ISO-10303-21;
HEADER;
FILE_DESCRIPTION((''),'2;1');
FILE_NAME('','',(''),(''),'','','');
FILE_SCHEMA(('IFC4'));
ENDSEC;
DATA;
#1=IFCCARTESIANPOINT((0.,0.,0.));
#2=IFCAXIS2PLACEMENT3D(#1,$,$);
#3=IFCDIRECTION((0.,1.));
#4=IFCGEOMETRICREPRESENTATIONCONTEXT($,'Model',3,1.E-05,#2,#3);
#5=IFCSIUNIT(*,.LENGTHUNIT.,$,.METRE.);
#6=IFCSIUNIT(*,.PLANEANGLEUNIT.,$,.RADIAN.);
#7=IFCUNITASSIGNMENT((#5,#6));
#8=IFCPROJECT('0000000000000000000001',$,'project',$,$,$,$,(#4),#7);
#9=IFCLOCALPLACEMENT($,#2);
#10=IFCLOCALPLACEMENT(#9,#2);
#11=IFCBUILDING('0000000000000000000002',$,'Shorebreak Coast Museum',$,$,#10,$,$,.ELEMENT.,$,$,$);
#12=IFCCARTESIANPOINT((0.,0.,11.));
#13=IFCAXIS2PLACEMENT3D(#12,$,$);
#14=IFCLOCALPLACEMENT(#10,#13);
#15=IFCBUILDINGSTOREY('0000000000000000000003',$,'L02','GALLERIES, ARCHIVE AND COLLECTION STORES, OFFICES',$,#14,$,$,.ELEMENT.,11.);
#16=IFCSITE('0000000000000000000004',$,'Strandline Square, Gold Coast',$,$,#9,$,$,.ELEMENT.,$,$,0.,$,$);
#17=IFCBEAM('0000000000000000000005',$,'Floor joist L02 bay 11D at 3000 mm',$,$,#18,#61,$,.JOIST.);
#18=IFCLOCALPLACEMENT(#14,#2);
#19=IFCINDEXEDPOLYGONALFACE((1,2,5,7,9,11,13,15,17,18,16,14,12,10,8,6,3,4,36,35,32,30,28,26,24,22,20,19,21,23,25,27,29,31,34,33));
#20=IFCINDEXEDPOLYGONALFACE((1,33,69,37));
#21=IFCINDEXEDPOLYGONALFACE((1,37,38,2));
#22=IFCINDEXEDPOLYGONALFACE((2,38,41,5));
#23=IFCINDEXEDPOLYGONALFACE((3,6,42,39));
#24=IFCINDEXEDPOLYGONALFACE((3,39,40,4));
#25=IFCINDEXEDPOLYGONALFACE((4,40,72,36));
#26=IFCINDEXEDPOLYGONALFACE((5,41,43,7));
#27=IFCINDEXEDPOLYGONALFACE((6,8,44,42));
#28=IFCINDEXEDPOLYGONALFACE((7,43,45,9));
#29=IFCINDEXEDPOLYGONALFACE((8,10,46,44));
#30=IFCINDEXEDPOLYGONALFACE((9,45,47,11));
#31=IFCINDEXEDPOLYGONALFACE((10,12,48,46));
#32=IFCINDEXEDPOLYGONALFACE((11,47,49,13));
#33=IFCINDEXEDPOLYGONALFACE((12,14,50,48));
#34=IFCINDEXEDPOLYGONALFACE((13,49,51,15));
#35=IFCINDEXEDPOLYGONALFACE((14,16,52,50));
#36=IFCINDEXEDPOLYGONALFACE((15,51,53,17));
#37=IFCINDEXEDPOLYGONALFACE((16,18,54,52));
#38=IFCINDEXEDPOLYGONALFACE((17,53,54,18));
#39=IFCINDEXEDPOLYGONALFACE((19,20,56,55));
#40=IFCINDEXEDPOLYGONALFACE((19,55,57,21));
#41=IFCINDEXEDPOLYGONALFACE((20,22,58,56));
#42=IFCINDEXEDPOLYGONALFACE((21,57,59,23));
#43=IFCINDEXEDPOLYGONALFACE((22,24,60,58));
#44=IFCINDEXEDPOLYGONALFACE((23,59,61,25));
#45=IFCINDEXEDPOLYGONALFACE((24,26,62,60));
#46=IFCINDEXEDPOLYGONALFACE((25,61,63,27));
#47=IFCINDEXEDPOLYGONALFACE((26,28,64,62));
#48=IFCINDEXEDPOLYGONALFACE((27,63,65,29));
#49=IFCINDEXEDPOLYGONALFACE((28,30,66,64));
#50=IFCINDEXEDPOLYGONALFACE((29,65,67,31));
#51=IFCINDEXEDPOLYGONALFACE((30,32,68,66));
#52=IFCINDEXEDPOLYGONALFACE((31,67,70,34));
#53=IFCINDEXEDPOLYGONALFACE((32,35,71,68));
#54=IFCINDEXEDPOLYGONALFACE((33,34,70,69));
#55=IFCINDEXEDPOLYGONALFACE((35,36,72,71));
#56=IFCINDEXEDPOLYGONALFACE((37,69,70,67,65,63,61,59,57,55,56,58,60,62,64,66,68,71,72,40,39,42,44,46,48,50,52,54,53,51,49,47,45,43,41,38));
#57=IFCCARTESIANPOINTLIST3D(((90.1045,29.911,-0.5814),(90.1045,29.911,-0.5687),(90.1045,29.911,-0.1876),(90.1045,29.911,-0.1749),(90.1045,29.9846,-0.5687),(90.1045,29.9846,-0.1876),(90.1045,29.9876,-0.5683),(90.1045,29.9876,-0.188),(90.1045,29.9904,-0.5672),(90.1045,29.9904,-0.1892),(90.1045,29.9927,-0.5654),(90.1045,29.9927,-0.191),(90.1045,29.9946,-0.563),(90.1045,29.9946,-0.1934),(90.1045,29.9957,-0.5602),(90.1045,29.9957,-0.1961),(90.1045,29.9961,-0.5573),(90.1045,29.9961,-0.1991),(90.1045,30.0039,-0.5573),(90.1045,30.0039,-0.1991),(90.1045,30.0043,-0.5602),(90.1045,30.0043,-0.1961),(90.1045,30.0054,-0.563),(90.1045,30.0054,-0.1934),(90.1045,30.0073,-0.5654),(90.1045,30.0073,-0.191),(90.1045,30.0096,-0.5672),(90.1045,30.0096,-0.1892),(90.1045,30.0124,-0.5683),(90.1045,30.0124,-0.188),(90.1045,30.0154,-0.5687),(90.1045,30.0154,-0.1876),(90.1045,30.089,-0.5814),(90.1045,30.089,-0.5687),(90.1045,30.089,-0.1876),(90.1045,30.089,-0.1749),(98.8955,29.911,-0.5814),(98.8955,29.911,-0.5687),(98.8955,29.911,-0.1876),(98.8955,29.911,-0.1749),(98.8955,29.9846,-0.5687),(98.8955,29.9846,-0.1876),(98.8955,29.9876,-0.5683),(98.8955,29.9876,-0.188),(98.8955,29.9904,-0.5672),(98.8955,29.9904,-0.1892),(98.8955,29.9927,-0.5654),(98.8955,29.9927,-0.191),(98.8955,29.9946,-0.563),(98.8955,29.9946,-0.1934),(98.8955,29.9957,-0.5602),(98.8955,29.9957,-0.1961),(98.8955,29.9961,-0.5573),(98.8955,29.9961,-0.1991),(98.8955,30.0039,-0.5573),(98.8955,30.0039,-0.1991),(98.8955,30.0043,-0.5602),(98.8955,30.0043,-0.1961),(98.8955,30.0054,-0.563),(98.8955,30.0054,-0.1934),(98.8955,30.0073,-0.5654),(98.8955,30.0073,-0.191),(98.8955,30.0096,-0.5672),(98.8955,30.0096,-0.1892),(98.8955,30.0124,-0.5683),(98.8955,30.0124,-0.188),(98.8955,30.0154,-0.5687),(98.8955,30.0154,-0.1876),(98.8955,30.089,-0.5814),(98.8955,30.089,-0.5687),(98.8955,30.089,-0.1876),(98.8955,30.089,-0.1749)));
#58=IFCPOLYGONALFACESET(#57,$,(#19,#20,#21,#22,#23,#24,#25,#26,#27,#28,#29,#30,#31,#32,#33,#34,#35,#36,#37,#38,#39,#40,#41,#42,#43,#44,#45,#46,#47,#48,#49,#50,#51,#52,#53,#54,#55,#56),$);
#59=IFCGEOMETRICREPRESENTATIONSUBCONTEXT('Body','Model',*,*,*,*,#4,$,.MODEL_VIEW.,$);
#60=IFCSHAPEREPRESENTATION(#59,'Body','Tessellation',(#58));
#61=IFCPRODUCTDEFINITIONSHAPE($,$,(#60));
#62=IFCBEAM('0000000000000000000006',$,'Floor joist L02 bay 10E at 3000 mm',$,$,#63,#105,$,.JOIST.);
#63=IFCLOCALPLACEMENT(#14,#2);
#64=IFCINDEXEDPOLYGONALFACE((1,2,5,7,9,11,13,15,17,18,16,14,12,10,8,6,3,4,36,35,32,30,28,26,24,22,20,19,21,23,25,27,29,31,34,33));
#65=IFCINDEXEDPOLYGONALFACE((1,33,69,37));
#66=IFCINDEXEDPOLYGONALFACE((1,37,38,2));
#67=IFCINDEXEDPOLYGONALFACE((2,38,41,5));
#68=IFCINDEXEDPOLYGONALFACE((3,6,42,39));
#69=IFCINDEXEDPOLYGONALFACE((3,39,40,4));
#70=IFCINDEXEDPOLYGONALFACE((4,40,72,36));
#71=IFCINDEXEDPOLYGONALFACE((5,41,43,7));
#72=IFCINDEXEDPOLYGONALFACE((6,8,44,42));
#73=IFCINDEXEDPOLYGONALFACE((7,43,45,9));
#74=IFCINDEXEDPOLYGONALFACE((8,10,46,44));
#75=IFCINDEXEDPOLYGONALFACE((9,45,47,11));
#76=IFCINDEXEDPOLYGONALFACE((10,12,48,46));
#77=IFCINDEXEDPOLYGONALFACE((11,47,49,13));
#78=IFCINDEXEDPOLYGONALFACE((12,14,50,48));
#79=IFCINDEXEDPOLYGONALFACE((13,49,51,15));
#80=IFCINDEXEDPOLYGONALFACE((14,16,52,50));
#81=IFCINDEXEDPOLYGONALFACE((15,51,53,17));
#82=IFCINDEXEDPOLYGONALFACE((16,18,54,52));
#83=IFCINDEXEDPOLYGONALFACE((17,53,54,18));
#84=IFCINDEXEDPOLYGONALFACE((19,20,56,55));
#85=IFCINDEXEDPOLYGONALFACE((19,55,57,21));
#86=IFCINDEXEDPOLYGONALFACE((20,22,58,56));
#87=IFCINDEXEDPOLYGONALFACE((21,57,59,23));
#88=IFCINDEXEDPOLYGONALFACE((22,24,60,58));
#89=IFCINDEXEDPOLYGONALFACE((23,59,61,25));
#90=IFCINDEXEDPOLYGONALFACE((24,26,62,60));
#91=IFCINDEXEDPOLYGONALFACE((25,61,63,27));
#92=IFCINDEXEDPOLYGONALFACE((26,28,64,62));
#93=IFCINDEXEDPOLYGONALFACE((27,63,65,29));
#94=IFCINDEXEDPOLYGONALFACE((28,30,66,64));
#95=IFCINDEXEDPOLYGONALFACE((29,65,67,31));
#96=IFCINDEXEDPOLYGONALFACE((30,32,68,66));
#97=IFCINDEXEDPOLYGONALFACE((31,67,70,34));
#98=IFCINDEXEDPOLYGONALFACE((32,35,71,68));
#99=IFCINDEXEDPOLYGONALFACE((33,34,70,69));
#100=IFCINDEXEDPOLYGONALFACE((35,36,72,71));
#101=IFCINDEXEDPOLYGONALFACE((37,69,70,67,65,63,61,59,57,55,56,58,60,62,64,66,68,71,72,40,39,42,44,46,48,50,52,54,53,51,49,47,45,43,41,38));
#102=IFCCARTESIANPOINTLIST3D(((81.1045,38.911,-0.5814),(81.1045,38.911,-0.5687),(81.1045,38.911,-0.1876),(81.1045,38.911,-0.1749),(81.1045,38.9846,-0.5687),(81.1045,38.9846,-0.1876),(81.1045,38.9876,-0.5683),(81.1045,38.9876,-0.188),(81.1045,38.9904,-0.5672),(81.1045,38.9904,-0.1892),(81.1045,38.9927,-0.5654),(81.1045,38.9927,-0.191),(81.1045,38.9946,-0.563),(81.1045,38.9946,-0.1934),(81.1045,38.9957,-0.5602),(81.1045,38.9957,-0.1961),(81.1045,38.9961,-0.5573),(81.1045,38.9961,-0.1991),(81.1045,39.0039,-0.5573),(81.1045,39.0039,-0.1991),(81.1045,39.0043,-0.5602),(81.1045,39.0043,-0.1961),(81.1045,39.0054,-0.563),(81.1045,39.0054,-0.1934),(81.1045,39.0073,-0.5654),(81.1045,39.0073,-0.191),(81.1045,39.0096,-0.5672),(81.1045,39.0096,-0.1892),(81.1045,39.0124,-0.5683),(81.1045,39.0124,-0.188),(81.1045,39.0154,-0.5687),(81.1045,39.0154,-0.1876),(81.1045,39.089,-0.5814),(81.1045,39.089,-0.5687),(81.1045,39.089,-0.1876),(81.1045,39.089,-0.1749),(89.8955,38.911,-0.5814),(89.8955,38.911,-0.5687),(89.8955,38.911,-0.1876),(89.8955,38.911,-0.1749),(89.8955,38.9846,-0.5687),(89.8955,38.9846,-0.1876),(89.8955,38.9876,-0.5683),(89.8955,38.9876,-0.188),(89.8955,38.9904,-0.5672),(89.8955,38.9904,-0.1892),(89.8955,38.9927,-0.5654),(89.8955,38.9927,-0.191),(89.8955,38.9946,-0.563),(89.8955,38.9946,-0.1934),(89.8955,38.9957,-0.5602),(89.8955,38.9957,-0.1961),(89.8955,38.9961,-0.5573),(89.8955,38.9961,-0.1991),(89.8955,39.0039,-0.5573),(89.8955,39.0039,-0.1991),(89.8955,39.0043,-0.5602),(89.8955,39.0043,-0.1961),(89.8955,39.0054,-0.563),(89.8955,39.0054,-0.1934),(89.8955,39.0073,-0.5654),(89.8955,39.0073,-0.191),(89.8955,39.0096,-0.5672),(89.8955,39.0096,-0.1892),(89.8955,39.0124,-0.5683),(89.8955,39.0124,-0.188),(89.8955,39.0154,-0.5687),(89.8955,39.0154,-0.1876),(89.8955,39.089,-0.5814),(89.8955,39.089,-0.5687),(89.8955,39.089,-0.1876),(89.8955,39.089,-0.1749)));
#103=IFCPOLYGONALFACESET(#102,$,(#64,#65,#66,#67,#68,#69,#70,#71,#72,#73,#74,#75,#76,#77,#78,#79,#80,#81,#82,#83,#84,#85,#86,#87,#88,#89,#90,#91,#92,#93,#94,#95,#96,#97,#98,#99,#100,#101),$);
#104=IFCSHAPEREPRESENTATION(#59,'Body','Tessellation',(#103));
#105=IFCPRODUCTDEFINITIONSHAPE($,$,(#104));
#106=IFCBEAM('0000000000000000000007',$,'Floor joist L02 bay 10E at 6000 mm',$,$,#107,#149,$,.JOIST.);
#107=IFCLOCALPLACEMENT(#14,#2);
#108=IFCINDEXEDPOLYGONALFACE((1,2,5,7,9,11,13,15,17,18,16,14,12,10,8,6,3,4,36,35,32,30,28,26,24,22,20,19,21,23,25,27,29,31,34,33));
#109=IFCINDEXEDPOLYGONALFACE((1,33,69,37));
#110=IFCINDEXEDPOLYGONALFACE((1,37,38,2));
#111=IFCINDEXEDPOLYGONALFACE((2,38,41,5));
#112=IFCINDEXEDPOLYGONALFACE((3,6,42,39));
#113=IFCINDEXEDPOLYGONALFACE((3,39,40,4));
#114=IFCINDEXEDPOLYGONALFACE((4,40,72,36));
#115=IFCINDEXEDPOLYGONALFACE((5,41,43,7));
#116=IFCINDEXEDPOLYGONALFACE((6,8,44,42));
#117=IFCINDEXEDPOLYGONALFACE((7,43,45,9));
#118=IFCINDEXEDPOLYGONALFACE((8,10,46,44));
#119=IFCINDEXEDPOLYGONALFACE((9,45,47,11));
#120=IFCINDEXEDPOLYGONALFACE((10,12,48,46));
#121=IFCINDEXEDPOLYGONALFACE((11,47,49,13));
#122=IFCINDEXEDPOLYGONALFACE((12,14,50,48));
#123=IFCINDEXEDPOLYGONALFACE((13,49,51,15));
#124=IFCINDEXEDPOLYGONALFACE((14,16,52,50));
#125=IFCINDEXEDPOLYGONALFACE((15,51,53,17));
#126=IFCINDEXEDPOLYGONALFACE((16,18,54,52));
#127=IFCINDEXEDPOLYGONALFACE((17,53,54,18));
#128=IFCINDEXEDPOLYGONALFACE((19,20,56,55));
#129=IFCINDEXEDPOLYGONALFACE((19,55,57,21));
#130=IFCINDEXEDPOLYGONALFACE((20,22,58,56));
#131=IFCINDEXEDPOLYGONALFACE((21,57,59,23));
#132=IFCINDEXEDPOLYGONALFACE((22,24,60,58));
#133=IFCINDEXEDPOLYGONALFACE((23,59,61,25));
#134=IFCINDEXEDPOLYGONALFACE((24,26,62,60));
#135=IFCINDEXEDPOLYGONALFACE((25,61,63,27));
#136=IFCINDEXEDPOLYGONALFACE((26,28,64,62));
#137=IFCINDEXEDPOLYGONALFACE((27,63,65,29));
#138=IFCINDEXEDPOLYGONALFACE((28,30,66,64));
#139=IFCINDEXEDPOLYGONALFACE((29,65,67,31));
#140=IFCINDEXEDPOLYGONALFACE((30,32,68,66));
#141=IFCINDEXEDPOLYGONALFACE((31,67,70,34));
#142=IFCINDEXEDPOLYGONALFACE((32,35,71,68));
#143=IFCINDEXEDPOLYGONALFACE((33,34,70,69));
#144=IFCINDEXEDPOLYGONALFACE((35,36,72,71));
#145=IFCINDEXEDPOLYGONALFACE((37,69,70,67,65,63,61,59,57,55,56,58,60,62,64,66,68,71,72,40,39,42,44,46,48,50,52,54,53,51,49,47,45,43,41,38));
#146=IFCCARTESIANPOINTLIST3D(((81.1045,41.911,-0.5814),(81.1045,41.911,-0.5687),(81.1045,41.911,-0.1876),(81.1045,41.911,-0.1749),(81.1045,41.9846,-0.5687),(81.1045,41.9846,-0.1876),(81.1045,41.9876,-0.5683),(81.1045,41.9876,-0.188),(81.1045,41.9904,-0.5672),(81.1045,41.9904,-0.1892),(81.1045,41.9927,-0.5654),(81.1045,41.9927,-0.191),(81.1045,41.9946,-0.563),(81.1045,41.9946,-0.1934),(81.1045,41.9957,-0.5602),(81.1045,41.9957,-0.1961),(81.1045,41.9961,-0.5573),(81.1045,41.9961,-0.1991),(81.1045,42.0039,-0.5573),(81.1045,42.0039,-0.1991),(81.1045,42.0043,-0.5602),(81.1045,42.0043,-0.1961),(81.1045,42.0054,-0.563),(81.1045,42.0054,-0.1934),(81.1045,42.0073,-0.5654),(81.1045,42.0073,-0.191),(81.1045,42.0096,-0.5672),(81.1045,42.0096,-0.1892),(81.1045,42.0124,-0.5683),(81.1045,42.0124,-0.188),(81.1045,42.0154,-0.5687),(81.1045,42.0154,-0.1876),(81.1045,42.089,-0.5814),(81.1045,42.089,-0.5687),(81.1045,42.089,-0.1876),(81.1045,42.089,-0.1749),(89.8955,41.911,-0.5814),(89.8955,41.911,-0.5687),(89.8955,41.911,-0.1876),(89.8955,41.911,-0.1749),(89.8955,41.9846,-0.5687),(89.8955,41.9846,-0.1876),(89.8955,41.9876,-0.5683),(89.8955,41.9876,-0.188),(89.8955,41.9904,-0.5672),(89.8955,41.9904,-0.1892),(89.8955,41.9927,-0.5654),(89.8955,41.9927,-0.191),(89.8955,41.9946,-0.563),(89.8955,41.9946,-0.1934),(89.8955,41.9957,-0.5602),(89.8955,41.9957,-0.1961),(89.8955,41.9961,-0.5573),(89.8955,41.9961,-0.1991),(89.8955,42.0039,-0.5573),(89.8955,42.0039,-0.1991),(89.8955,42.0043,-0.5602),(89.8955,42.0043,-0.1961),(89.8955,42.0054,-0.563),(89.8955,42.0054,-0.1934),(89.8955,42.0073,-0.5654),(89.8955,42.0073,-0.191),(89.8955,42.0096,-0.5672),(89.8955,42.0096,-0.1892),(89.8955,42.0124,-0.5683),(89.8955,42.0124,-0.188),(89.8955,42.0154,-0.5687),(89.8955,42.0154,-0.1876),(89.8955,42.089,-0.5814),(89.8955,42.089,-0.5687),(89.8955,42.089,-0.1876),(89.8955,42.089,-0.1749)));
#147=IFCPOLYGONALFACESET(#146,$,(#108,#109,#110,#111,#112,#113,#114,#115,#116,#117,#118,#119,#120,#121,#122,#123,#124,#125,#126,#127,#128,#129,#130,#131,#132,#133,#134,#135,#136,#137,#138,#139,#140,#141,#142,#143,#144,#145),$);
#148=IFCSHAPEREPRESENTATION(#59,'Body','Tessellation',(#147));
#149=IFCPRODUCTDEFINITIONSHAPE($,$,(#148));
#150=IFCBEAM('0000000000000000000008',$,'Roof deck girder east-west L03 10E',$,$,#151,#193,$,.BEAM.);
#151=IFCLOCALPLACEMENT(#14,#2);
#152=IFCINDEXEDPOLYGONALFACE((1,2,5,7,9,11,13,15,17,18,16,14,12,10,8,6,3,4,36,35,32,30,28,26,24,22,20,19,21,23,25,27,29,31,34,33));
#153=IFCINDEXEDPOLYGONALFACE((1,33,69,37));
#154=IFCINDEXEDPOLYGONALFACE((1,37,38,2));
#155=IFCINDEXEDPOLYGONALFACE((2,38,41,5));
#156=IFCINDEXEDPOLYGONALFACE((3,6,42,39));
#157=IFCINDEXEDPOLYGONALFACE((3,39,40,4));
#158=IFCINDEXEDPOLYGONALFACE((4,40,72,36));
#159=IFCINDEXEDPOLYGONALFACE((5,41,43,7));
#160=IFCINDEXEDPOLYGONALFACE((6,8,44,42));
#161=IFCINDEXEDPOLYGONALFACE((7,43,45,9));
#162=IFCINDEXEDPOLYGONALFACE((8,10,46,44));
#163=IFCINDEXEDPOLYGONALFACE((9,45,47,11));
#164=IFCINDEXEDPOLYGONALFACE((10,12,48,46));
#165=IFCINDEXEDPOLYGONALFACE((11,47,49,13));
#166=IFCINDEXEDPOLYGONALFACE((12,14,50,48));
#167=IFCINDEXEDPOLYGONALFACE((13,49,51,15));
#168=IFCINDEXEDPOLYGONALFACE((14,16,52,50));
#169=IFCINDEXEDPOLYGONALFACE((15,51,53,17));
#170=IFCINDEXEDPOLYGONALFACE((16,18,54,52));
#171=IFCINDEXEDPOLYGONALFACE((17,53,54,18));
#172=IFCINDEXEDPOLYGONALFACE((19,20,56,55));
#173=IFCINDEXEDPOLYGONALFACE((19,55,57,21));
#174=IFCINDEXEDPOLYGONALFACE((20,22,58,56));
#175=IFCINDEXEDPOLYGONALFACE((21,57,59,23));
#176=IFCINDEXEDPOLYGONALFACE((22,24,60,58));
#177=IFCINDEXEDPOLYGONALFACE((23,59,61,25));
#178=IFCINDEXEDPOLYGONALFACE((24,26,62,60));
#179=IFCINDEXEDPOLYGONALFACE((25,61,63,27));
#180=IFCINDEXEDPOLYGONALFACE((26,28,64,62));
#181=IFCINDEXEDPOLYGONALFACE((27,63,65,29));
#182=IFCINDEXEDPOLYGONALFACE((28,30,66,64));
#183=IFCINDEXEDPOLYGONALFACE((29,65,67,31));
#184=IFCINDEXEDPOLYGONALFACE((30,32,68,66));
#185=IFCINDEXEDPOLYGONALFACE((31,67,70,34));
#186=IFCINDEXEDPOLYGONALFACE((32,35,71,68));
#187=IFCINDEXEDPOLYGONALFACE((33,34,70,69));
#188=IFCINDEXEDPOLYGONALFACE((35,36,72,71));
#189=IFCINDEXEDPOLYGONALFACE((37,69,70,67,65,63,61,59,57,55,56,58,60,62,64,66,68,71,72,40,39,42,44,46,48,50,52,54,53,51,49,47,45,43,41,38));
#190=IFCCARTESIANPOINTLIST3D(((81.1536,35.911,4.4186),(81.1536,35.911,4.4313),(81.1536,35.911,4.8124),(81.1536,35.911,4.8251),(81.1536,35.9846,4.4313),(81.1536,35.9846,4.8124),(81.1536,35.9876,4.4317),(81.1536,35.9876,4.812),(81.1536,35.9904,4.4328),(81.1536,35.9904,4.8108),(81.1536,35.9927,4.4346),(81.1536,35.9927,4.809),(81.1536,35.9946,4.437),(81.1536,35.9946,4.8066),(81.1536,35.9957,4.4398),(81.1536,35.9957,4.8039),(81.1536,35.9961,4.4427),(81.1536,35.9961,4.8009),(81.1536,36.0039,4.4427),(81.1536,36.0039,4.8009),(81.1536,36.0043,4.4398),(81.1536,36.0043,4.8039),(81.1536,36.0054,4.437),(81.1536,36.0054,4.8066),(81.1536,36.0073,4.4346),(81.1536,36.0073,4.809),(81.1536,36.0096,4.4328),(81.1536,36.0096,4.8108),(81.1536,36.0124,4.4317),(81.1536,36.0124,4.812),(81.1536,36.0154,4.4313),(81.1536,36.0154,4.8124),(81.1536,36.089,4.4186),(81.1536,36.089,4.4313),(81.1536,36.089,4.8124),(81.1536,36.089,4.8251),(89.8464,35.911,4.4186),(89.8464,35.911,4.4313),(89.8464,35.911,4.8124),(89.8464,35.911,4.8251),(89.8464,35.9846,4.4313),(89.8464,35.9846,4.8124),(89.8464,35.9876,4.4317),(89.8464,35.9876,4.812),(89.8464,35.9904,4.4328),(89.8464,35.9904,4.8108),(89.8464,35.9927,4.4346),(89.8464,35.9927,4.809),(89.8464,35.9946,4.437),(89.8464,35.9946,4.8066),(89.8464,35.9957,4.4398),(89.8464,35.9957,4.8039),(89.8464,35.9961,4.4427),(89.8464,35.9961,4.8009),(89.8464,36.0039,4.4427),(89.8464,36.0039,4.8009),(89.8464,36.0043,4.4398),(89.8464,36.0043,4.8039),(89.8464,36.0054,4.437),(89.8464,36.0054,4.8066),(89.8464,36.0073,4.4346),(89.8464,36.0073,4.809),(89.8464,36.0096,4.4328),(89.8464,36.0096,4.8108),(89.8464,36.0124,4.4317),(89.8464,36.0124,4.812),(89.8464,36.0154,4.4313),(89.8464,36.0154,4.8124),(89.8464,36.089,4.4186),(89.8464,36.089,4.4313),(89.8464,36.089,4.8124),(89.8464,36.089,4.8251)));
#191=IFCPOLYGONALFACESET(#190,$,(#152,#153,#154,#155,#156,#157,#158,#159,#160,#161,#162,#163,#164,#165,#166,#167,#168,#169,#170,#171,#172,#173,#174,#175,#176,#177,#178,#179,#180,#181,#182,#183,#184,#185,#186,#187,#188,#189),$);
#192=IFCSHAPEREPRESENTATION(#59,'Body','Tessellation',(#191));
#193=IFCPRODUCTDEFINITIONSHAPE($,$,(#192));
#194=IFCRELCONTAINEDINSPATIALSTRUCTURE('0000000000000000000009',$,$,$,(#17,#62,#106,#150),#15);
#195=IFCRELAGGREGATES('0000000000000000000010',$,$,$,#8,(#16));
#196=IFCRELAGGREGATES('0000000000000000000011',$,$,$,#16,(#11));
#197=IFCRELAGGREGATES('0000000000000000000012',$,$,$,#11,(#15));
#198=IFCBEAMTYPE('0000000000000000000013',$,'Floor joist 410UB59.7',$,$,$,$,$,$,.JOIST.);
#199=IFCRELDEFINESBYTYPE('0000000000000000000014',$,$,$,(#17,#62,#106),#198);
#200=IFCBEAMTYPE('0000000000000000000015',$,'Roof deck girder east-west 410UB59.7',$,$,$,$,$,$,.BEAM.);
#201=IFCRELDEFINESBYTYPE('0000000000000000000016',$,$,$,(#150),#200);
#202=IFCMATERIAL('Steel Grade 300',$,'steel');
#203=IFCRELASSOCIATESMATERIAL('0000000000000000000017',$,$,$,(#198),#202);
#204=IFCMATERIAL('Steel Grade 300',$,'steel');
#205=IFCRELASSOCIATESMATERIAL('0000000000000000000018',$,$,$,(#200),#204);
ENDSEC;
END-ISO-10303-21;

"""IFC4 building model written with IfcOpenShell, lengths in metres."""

from ifc_helpers import new_model, si_unit, direction, frame, origin, origin_2d, place, context, subcontext, project, spatial, i_section, extrude, material, material_profile, profile_set, type_object, element, save


model = new_model("IFC4")

# Units and contexts
model_context = context("Model", 3, precision=1e-05, world=origin(), true_north=direction((0.0, 1.0)))
body_context = subcontext(model_context, "Body", "Model", "MODEL_VIEW")
ifc_project = project(units=[si_unit("LENGTHUNIT", "METRE"), si_unit("PLANEANGLEUNIT", "RADIAN")], contexts=[model_context])

# Site, building, storey
site_placement = place(None, origin())
site = spatial("IfcSite", under=ifc_project, at=site_placement, Name="Strandline Square, Gold Coast", CompositionType="ELEMENT", RefElevation=0.0)
building_placement = place(site_placement, origin())
building = spatial("IfcBuilding", under=site, at=building_placement, Name="Shorebreak Coast Museum", CompositionType="ELEMENT")
storey_placement = place(building_placement, frame((0.0, 0.0, 11.0)))
storey = spatial("IfcBuildingStorey", under=building, at=storey_placement, Name="L02", Description="GALLERIES, ARCHIVE AND COLLECTION STORES, OFFICES", CompositionType="ELEMENT", Elevation=11.0)

# Beams
ifc_material_1 = material(Name="Steel Grade 300", Category="steel")
ifc_material_profile_1 = material_profile(ifc_material_1, i_section(OverallWidth=0.178, OverallDepth=0.4065, WebThickness=0.0078, FlangeThickness=0.0127, FilletRadius=0.0115, at=origin_2d()), Name="410UB59.7")
ifc_profile_set_1 = profile_set([ifc_material_profile_1], Name="Steel Grade 300")
beam_type_1 = type_object("IfcBeamType", Name="Floor joist 410UB59.7", PredefinedType="JOIST", material=ifc_profile_set_1)
for number, where, z_axis, x_axis, name in (
    (1, (90.1045, 30.0, -0.3782), (1.0, 0.0, 0.0), (0.0, 1.0, 0.0), "Floor joist L02 bay 11D at 3000 mm"),
    (2, (81.1045, 39.0, -0.3782), (1.0, 0.0, 0.0), (0.0, 1.0, 0.0), "Floor joist L02 bay 10E at 3000 mm"),
    (3, (81.1045, 42.0, -0.3782), (1.0, 0.0, 0.0), (0.0, 1.0, 0.0), "Floor joist L02 bay 10E at 6000 mm"),
):
    element("IfcBeam", number, at=place(storey_placement, frame(where, z_axis=z_axis, x_axis=x_axis)), inside=storey, type_object=beam_type_1, Name=name, PredefinedType="JOIST", context=body_context, shape_type="SweptSolid", body=[
        extrude(i_section(OverallWidth=0.178, OverallDepth=0.4065, WebThickness=0.0078, FlangeThickness=0.0127, FilletRadius=0.0115, at=origin_2d()), origin(), (0.0, 0.0, 1.0), 8.791),
    ])
ifc_material_2 = material(Name="Steel Grade 300", Category="steel")
ifc_material_profile_2 = material_profile(ifc_material_2, i_section(OverallWidth=0.178, OverallDepth=0.4065, WebThickness=0.0078, FlangeThickness=0.0127, FilletRadius=0.0115, at=origin_2d()), Name="410UB59.7")
ifc_profile_set_2 = profile_set([ifc_material_profile_2], Name="Steel Grade 300")
beam_type_2 = type_object("IfcBeamType", Name="Roof deck girder east-west 410UB59.7", PredefinedType="BEAM", material=ifc_profile_set_2)
for number, where, z_axis, x_axis, name in (
    (4, (81.1536, 36.0, 4.6218), (1.0, 0.0, 0.0), (0.0, 1.0, 0.0), "Roof deck girder east-west L03 10E"),
):
    element("IfcBeam", number, at=place(storey_placement, frame(where, z_axis=z_axis, x_axis=x_axis)), inside=storey, type_object=beam_type_2, Name=name, PredefinedType="BEAM", context=body_context, shape_type="SweptSolid", body=[
        extrude(i_section(OverallWidth=0.178, OverallDepth=0.4065, WebThickness=0.0078, FlangeThickness=0.0127, FilletRadius=0.0115, at=origin_2d()), origin(), (0.0, 0.0, 1.0), 8.6929),
    ])

save(model, "model.ifc")
